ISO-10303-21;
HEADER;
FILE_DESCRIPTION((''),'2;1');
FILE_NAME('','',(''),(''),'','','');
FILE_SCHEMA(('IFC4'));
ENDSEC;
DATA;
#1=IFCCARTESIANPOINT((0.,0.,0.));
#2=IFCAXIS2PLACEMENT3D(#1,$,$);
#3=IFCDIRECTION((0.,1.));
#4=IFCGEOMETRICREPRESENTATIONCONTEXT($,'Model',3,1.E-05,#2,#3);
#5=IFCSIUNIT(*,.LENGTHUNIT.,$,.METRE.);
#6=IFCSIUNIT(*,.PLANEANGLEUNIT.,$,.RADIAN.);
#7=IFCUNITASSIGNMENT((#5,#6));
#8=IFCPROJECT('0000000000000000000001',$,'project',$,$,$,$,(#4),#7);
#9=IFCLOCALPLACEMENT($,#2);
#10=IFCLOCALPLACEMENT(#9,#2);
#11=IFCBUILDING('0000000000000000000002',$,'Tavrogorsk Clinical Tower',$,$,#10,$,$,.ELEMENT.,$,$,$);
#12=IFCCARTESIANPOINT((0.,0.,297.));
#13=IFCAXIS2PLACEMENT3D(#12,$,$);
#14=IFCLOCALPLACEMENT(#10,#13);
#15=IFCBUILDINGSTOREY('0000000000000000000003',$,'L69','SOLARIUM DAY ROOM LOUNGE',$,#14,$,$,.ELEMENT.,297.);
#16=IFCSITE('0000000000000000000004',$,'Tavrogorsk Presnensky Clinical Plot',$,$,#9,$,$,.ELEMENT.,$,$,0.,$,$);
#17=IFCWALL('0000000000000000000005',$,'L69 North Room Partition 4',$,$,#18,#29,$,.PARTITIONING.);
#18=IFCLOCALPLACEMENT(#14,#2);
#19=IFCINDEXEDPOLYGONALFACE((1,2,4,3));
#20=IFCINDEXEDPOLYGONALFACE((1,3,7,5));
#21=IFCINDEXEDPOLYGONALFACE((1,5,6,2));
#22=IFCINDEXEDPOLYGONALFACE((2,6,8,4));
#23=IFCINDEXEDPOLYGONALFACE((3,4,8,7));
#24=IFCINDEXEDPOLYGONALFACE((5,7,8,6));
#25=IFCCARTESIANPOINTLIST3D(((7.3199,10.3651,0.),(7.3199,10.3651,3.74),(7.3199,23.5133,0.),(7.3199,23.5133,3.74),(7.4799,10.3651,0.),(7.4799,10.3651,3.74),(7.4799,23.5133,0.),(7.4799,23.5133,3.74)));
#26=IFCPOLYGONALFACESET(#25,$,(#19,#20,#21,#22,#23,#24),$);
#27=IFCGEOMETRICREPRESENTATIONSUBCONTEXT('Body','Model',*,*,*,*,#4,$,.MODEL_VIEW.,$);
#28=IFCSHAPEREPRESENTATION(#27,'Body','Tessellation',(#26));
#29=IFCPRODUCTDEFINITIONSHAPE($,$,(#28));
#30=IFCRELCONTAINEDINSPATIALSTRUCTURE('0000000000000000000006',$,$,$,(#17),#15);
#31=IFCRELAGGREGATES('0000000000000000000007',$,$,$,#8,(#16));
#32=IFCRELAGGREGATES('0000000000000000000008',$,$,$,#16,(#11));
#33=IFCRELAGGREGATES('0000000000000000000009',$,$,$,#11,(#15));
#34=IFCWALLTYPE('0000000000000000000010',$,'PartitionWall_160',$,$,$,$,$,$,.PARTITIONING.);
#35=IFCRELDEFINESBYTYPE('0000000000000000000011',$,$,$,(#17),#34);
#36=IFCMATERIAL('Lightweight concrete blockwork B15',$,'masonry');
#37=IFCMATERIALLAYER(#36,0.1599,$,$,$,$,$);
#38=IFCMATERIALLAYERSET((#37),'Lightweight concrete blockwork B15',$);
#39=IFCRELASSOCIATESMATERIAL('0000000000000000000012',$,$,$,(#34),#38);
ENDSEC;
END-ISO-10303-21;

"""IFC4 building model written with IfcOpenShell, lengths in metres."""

from ifc_helpers import new_model, si_unit, direction, frame, frame_2d, origin, place, context, subcontext, project, spatial, rectangle, extrude, material, layer, layer_set, type_object, element, save


model = new_model("IFC4")

# Units and contexts
model_context = context("Model", 3, precision=1e-05, world=origin(), true_north=direction((0.0, 1.0)))
body_context = subcontext(model_context, "Body", "Model", "MODEL_VIEW")
ifc_project = project(units=[si_unit("LENGTHUNIT", "METRE"), si_unit("PLANEANGLEUNIT", "RADIAN")], contexts=[model_context])

# Site, building, storey
site_placement = place(None, origin())
site = spatial("IfcSite", under=ifc_project, at=site_placement, Name="Tavrogorsk Presnensky Clinical Plot", CompositionType="ELEMENT", RefElevation=0.0)
building_placement = place(site_placement, origin())
building = spatial("IfcBuilding", under=site, at=building_placement, Name="Tavrogorsk Clinical Tower", CompositionType="ELEMENT")
storey_placement = place(building_placement, frame((0.0, 0.0, 297.0)))
storey = spatial("IfcBuildingStorey", under=building, at=storey_placement, Name="L69", Description="SOLARIUM DAY ROOM LOUNGE", CompositionType="ELEMENT", Elevation=297.0)

# Shared definitions
ifc_material_1 = material(Name="Lightweight concrete blockwork B15", Category="masonry")
ifc_layer_1 = layer(ifc_material_1, 0.1599)
ifc_layer_set_1 = layer_set([ifc_layer_1], Name="Lightweight concrete blockwork B15")
wall_type = type_object("IfcWallType", Name="PartitionWall_160", PredefinedType="PARTITIONING", material=ifc_layer_set_1)

# Wall
wall_1_placement = place(storey_placement, frame((7.3999, 10.365, 0.0), z_axis=(0.0, 0.0, 1.0), x_axis=(0.0, 1.0, 0.0)))
element("IfcWall", 1, at=wall_1_placement, inside=storey, type_object=wall_type, Name="L69 North Room Partition 4", PredefinedType="PARTITIONING", context=body_context, shape_type="SweptSolid", body=[
    extrude(rectangle(XDim=13.1482, YDim=0.1599, at=frame_2d((6.5742, 0.0))), origin(), (0.0, 0.0, 1.0), 3.74),
])

save(model, "model.ifc")
